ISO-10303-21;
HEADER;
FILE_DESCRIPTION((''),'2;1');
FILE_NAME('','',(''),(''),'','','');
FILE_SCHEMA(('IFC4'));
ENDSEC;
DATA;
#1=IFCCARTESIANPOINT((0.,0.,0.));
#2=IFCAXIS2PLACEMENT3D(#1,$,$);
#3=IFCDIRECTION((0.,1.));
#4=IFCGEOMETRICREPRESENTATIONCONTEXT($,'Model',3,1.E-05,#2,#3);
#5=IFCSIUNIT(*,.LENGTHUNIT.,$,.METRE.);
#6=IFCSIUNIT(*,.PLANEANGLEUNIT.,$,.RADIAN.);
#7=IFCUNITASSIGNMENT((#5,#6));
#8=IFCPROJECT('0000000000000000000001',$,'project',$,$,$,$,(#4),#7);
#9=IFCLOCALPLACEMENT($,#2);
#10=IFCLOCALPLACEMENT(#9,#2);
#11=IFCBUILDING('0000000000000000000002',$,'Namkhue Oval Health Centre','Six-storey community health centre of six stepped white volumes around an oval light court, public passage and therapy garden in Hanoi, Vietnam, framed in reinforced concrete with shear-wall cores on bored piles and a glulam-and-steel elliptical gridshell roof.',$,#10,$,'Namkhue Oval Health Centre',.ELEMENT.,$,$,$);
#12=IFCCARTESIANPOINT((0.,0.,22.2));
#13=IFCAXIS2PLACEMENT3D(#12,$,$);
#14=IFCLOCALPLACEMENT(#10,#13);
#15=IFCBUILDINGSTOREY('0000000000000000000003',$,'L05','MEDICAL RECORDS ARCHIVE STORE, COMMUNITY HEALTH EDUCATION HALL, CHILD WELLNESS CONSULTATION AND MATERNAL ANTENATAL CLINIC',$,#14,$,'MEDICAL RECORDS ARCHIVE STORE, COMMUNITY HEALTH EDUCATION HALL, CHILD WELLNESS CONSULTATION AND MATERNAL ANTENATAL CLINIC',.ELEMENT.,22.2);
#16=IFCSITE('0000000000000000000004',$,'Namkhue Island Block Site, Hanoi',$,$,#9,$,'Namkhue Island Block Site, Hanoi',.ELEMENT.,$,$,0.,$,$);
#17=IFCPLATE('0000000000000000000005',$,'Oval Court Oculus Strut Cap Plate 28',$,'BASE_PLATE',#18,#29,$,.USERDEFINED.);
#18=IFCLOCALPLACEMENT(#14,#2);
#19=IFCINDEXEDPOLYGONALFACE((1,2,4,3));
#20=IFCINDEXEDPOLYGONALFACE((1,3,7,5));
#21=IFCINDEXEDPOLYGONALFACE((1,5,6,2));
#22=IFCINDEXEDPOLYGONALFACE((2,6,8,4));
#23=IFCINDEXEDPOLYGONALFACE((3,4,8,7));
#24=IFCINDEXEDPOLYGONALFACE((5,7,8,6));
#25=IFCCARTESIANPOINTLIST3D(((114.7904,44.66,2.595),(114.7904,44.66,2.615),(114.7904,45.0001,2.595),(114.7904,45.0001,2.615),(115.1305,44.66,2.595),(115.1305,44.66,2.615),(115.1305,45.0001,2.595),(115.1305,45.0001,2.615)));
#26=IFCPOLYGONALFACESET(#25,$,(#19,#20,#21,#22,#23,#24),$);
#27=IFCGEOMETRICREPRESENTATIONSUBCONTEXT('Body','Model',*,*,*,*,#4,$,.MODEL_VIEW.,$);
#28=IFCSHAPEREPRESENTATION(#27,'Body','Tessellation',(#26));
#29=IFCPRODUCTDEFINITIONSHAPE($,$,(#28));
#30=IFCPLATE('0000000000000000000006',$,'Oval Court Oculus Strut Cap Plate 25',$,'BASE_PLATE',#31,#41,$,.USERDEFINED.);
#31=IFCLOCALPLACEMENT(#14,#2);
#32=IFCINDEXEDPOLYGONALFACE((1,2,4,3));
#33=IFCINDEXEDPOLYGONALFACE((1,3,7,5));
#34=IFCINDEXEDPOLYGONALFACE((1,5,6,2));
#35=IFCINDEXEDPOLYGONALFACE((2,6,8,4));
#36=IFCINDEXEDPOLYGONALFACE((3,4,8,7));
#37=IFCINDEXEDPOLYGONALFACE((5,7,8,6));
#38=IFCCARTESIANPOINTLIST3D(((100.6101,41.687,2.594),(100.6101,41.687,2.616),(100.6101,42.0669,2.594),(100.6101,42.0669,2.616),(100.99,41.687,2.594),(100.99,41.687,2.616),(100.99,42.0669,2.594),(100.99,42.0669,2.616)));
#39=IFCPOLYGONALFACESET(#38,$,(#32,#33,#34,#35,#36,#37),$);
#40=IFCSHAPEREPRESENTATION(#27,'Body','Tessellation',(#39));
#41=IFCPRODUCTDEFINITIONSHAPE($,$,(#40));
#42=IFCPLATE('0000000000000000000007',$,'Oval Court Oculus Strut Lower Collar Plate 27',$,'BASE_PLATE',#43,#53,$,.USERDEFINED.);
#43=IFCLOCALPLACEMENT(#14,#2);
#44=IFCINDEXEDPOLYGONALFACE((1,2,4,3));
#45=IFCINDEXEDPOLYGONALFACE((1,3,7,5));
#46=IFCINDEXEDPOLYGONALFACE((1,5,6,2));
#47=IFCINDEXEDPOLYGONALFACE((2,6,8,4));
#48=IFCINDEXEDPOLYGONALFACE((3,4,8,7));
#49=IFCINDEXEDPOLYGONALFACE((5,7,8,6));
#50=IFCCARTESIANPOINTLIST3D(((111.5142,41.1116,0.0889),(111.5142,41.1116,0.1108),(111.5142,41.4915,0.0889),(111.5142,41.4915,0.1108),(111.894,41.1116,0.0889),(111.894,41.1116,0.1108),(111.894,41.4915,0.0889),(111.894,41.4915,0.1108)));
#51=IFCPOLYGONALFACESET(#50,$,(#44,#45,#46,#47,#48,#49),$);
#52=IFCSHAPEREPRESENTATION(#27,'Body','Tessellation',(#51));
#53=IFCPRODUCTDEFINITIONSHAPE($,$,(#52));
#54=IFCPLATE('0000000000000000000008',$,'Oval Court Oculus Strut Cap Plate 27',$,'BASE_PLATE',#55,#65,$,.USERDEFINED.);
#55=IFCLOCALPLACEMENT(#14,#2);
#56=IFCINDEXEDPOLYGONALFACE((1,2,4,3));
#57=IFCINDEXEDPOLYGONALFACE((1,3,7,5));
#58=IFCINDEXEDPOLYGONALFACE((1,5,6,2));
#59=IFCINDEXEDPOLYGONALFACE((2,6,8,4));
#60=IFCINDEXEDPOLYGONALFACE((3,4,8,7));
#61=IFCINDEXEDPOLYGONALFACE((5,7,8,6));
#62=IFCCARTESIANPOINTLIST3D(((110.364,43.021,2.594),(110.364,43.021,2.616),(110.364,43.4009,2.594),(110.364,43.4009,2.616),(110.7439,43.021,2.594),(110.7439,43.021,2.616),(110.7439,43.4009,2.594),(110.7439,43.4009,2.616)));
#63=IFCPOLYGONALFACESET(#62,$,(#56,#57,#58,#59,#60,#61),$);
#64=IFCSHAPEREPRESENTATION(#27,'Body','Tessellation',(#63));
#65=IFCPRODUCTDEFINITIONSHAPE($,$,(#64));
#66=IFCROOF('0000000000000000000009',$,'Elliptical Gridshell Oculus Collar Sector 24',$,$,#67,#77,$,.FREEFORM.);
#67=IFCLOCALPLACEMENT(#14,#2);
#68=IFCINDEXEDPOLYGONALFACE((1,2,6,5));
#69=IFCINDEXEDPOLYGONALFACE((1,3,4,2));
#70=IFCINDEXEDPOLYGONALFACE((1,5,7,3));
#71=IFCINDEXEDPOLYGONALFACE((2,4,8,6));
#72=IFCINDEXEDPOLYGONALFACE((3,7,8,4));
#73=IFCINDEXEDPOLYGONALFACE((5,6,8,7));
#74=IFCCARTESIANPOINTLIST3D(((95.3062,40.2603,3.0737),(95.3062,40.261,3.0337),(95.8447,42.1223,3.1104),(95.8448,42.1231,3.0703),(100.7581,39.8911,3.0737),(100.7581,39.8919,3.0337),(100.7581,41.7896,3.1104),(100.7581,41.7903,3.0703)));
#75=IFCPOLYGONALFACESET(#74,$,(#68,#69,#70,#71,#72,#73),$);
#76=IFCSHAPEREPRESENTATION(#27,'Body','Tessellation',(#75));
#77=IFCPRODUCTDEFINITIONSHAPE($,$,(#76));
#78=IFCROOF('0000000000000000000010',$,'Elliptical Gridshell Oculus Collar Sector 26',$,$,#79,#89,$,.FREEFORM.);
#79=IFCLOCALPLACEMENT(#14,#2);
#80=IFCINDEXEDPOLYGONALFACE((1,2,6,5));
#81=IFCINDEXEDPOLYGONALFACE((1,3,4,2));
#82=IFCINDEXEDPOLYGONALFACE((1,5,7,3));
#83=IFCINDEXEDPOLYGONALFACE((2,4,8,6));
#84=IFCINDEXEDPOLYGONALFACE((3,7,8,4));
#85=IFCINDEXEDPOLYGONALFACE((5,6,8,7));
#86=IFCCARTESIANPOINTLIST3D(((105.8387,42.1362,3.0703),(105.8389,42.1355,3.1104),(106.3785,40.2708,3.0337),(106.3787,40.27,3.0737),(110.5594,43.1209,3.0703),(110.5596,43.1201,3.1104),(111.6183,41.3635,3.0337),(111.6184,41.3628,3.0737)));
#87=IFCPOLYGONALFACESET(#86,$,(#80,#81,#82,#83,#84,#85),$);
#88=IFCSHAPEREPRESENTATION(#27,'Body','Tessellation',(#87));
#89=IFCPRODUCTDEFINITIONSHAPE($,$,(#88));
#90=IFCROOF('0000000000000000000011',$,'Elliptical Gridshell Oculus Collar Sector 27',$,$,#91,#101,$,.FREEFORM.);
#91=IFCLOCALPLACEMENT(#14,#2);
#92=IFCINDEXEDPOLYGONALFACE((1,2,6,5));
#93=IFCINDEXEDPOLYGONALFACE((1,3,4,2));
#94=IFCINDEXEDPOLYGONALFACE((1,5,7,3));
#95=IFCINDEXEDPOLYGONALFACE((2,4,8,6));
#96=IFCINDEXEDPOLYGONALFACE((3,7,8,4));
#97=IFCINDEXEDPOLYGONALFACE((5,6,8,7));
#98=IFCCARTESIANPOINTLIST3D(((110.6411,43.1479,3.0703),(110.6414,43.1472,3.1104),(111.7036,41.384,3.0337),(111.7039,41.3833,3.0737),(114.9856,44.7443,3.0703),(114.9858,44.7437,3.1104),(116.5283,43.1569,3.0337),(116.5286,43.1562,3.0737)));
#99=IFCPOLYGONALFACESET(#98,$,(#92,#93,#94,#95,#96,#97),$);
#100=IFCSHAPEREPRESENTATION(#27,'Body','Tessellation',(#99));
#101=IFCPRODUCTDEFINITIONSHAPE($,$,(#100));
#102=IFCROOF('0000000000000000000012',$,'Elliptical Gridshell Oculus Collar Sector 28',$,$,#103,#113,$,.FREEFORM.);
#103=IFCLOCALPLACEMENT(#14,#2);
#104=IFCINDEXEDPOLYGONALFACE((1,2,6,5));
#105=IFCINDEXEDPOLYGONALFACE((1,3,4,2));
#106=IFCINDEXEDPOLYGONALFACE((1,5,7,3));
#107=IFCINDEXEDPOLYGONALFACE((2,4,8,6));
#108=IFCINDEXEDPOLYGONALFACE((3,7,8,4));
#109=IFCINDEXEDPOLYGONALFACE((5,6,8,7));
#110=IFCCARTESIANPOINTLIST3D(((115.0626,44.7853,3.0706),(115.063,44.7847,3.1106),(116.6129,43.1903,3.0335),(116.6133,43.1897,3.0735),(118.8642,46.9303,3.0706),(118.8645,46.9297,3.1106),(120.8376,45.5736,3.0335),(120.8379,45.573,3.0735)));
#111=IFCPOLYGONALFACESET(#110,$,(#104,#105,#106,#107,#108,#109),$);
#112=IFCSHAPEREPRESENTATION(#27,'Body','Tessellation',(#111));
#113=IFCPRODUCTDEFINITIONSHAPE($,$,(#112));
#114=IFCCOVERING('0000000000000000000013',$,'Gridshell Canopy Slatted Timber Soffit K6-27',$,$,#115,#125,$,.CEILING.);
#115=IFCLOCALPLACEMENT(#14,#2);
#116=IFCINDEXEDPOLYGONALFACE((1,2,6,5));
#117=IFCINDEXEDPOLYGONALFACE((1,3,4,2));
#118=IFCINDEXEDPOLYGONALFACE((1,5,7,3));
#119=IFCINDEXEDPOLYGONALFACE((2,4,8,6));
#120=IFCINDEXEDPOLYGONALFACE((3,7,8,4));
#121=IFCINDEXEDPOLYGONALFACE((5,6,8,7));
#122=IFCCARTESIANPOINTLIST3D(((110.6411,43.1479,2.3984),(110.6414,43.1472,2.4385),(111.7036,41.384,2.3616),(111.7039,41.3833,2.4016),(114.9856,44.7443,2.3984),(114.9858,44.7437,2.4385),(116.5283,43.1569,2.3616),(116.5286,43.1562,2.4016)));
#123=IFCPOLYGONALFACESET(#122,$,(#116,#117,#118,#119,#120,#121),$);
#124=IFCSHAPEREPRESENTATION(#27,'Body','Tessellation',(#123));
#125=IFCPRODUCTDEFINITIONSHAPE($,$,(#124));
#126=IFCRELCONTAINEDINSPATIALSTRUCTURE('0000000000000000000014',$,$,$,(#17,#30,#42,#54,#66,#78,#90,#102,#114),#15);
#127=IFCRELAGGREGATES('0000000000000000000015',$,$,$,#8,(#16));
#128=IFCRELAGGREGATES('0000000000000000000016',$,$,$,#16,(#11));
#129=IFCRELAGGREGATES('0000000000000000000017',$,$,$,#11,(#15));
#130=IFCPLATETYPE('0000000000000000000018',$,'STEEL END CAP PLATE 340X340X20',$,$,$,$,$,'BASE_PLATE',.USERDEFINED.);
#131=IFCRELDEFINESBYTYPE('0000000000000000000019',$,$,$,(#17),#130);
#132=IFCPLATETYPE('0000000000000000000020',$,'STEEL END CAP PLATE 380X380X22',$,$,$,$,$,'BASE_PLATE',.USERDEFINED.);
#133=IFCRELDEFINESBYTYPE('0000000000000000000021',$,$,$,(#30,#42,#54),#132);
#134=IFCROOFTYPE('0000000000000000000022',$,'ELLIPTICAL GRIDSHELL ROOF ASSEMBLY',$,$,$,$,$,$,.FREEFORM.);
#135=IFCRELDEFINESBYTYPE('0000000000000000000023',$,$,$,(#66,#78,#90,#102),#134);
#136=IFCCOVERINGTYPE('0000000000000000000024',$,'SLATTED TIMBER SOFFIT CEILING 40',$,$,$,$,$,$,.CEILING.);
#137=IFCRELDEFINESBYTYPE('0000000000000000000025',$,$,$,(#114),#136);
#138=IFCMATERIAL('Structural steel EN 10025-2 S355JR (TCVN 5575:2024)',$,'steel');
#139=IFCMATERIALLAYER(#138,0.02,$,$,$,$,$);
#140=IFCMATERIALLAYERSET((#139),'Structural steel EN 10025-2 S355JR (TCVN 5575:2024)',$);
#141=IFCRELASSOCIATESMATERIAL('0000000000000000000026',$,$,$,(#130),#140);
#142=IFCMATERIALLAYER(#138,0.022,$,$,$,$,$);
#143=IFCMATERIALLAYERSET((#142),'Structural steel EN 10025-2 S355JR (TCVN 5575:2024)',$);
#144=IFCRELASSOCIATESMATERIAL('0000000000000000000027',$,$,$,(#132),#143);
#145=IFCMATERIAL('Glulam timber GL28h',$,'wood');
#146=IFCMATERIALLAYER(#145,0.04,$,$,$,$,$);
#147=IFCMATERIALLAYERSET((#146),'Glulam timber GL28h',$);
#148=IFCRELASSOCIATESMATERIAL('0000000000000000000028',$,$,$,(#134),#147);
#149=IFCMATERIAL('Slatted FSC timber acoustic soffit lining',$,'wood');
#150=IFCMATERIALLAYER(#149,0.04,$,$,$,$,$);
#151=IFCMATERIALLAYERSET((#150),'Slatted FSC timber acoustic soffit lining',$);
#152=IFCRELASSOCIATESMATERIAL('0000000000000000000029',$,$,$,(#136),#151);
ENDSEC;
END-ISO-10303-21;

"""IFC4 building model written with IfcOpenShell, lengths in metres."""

from ifc_helpers import new_model, si_unit, direction, frame, origin, origin_2d, place, context, subcontext, project, spatial, polyline, rectangle, outline, extrude, material, layer, layer_set, type_object, element, save


model = new_model("IFC4")

# Units and contexts
model_context = context("Model", 3, precision=1e-05, world=origin(), true_north=direction((0.0, 1.0)))
body_context = subcontext(model_context, "Body", "Model", "MODEL_VIEW")
ifc_project = project(units=[si_unit("LENGTHUNIT", "METRE"), si_unit("PLANEANGLEUNIT", "RADIAN")], contexts=[model_context])

# Site, building, storey
site_placement = place(None, origin())
site = spatial("IfcSite", under=ifc_project, at=site_placement, Name="Namkhue Island Block Site, Hanoi", LongName="Namkhue Island Block Site, Hanoi", CompositionType="ELEMENT", RefElevation=0.0)
building_placement = place(site_placement, origin())
building = spatial("IfcBuilding", under=site, at=building_placement, Name="Namkhue Oval Health Centre", Description="Six-storey community health centre of six stepped white volumes around an oval light court, public passage and therapy garden in Hanoi, Vietnam, framed in reinforced concrete with shear-wall cores on bored piles and a glulam-and-steel elliptical gridshell roof.", LongName="Namkhue Oval Health Centre", CompositionType="ELEMENT")
storey_placement = place(building_placement, frame((0.0, 0.0, 22.2)))
storey = spatial("IfcBuildingStorey", under=building, at=storey_placement, Name="L05", Description="MEDICAL RECORDS ARCHIVE STORE, COMMUNITY HEALTH EDUCATION HALL, CHILD WELLNESS CONSULTATION AND MATERNAL ANTENATAL CLINIC", LongName="MEDICAL RECORDS ARCHIVE STORE, COMMUNITY HEALTH EDUCATION HALL, CHILD WELLNESS CONSULTATION AND MATERNAL ANTENATAL CLINIC", CompositionType="ELEMENT", Elevation=22.2)

# Shared definitions
ifc_material_1 = material(Name="Structural steel EN 10025-2 S355JR (TCVN 5575:2024)", Category="steel")
ifc_material_2 = material(Name="Glulam timber GL28h", Category="wood")

# Plates
ifc_layer_1 = layer(ifc_material_1, 0.02)
ifc_layer_set_1 = layer_set([ifc_layer_1], Name="Structural steel EN 10025-2 S355JR (TCVN 5575:2024)")
plate_type_1 = type_object("IfcPlateType", Name="STEEL END CAP PLATE 340X340X20", ElementType="BASE_PLATE", PredefinedType="USERDEFINED", material=ifc_layer_set_1)
for number, where, z_axis, x_axis, name in (
    (1, (114.9604, 44.8301, 2.595), (0.0, 0.0, 1.0), (1.0, 0.0, 0.0), "Oval Court Oculus Strut Cap Plate 28"),
):
    element("IfcPlate", number, at=place(storey_placement, frame(where, z_axis=z_axis, x_axis=x_axis)), inside=storey, type_object=plate_type_1, Name=name, ObjectType="BASE_PLATE", PredefinedType="USERDEFINED", context=body_context, shape_type="SweptSolid", body=[
        extrude(rectangle(XDim=0.3401, YDim=0.3401, at=origin_2d()), origin(), (0.0, 0.0, 1.0), 0.02),
    ])
ifc_layer_2 = layer(ifc_material_1, 0.022)
ifc_layer_set_2 = layer_set([ifc_layer_2], Name="Structural steel EN 10025-2 S355JR (TCVN 5575:2024)")
plate_type_2 = type_object("IfcPlateType", Name="STEEL END CAP PLATE 380X380X22", ElementType="BASE_PLATE", PredefinedType="USERDEFINED", material=ifc_layer_set_2)
for number, where, z_axis, x_axis, name in (
    (2, (100.8, 41.877, 2.594), (0.0, 0.0, 1.0), (1.0, 0.0, 0.0), "Oval Court Oculus Strut Cap Plate 25"),
    (3, (111.7041, 41.3015, 0.0889), (0.0, 0.0, 1.0), (1.0, 0.0, 0.0), "Oval Court Oculus Strut Lower Collar Plate 27"),
    (4, (110.554, 43.2109, 2.594), (0.0, 0.0, 1.0), (1.0, 0.0, 0.0), "Oval Court Oculus Strut Cap Plate 27"),
):
    element("IfcPlate", number, at=place(storey_placement, frame(where, z_axis=z_axis, x_axis=x_axis)), inside=storey, type_object=plate_type_2, Name=name, ObjectType="BASE_PLATE", PredefinedType="USERDEFINED", context=body_context, shape_type="SweptSolid", body=[
        extrude(rectangle(XDim=0.3799, YDim=0.3799, at=origin_2d()), origin(), (0.0, 0.0, 1.0), 0.022),
    ])

# Roofs
ifc_layer_3 = layer(ifc_material_2, 0.04)
ifc_layer_set_3 = layer_set([ifc_layer_3], Name="Glulam timber GL28h")
roof_type = type_object("IfcRoofType", Name="ELLIPTICAL GRIDSHELL ROOF ASSEMBLY", PredefinedType="FREEFORM", material=ifc_layer_set_3)
roof_1_placement = place(storey_placement, frame((95.3062, 40.2603, 3.0737), z_axis=(-0.001306, -0.019286, 0.999813), x_axis=(0.997716, -0.067554, 0.0)))
element("IfcRoof", 5, at=roof_1_placement, inside=storey, type_object=roof_type, Name="Elliptical Gridshell Oculus Collar Sector 24", PredefinedType="FREEFORM", context=body_context, shape_type="SweptSolid", body=[
    extrude(outline(polyline([(0.0, 0.0), (5.4644, 0.0), (5.3361, 1.8945), (0.4116, 1.8945), (0.0, 0.0)])), origin(), (0.0, 0.0, -1.0), 0.04),
])
roof_2_placement = place(storey_placement, frame((106.3787, 40.27, 3.0737), z_axis=(0.00386, -0.01851, 0.999821), x_axis=(0.978937, 0.204162, 0.0)))
element("IfcRoof", 6, at=roof_2_placement, inside=storey, type_object=roof_type, Name="Elliptical Gridshell Oculus Collar Sector 26", PredefinedType="FREEFORM", context=body_context, shape_type="SweptSolid", body=[
    extrude(outline(polyline([(0.0, 0.0), (5.3525, 0.0), (4.6747, 1.9368), (-0.1476, 1.9367), (0.0, 0.0)])), origin(), (0.0, 0.0, -1.0), 0.04),
])
roof_3_placement = place(storey_placement, frame((111.7039, 41.3833, 3.0737), z_axis=(0.006246, -0.016996, 0.999836), x_axis=(0.938631, 0.344922, 0.0)))
element("IfcRoof", 7, at=roof_3_placement, inside=storey, type_object=roof_type, Name="Elliptical Gridshell Oculus Collar Sector 27", PredefinedType="FREEFORM", context=body_context, shape_type="SweptSolid", body=[
    extrude(outline(polyline([(0.0, 0.0), (5.1402, 0.0), (4.2396, 2.0224), (-0.3889, 2.0225), (0.0, 0.0)])), origin(), (0.0, 0.0, -1.0), 0.04),
])
roof_4_placement = place(storey_placement, frame((116.6133, 43.1897, 3.0735), z_axis=(0.008476, -0.015023, 0.999851), x_axis=(0.870962, 0.491351, -0.000001)))
element("IfcRoof", 8, at=roof_4_placement, inside=storey, type_object=roof_type, Name="Elliptical Gridshell Oculus Collar Sector 28", PredefinedType="FREEFORM", context=body_context, shape_type="SweptSolid", body=[
    extrude(outline(polyline([(0.0, 0.0), (4.8505, 0.0), (3.7984, 2.1516), (-0.5666, 2.1512), (0.0, 0.0)])), origin(), (0.0, 0.0, -1.0), 0.04),
])

# Covering
ifc_material_3 = material(Name="Slatted FSC timber acoustic soffit lining", Category="wood")
ifc_layer_4 = layer(ifc_material_3, 0.04)
ifc_layer_set_4 = layer_set([ifc_layer_4], Name="Slatted FSC timber acoustic soffit lining")
covering_type = type_object("IfcCoveringType", Name="SLATTED TIMBER SOFFIT CEILING 40", PredefinedType="CEILING", material=ifc_layer_set_4)
covering_placement = place(storey_placement, frame((111.7039, 41.3833, 2.4016), z_axis=(0.006287, -0.017109, 0.999834), x_axis=(0.938631, 0.344922, 0.0)))
element("IfcCovering", 9, at=covering_placement, inside=storey, type_object=covering_type, Name="Gridshell Canopy Slatted Timber Soffit K6-27", PredefinedType="CEILING", context=body_context, shape_type="SweptSolid", body=[
    extrude(outline(polyline([(0.0, 0.0), (5.1402, 0.0), (4.2396, 2.0224), (-0.3889, 2.0225), (0.0, 0.0)])), origin(), (0.0, 0.0, -1.0), 0.04),
])

save(model, "model.ifc")
